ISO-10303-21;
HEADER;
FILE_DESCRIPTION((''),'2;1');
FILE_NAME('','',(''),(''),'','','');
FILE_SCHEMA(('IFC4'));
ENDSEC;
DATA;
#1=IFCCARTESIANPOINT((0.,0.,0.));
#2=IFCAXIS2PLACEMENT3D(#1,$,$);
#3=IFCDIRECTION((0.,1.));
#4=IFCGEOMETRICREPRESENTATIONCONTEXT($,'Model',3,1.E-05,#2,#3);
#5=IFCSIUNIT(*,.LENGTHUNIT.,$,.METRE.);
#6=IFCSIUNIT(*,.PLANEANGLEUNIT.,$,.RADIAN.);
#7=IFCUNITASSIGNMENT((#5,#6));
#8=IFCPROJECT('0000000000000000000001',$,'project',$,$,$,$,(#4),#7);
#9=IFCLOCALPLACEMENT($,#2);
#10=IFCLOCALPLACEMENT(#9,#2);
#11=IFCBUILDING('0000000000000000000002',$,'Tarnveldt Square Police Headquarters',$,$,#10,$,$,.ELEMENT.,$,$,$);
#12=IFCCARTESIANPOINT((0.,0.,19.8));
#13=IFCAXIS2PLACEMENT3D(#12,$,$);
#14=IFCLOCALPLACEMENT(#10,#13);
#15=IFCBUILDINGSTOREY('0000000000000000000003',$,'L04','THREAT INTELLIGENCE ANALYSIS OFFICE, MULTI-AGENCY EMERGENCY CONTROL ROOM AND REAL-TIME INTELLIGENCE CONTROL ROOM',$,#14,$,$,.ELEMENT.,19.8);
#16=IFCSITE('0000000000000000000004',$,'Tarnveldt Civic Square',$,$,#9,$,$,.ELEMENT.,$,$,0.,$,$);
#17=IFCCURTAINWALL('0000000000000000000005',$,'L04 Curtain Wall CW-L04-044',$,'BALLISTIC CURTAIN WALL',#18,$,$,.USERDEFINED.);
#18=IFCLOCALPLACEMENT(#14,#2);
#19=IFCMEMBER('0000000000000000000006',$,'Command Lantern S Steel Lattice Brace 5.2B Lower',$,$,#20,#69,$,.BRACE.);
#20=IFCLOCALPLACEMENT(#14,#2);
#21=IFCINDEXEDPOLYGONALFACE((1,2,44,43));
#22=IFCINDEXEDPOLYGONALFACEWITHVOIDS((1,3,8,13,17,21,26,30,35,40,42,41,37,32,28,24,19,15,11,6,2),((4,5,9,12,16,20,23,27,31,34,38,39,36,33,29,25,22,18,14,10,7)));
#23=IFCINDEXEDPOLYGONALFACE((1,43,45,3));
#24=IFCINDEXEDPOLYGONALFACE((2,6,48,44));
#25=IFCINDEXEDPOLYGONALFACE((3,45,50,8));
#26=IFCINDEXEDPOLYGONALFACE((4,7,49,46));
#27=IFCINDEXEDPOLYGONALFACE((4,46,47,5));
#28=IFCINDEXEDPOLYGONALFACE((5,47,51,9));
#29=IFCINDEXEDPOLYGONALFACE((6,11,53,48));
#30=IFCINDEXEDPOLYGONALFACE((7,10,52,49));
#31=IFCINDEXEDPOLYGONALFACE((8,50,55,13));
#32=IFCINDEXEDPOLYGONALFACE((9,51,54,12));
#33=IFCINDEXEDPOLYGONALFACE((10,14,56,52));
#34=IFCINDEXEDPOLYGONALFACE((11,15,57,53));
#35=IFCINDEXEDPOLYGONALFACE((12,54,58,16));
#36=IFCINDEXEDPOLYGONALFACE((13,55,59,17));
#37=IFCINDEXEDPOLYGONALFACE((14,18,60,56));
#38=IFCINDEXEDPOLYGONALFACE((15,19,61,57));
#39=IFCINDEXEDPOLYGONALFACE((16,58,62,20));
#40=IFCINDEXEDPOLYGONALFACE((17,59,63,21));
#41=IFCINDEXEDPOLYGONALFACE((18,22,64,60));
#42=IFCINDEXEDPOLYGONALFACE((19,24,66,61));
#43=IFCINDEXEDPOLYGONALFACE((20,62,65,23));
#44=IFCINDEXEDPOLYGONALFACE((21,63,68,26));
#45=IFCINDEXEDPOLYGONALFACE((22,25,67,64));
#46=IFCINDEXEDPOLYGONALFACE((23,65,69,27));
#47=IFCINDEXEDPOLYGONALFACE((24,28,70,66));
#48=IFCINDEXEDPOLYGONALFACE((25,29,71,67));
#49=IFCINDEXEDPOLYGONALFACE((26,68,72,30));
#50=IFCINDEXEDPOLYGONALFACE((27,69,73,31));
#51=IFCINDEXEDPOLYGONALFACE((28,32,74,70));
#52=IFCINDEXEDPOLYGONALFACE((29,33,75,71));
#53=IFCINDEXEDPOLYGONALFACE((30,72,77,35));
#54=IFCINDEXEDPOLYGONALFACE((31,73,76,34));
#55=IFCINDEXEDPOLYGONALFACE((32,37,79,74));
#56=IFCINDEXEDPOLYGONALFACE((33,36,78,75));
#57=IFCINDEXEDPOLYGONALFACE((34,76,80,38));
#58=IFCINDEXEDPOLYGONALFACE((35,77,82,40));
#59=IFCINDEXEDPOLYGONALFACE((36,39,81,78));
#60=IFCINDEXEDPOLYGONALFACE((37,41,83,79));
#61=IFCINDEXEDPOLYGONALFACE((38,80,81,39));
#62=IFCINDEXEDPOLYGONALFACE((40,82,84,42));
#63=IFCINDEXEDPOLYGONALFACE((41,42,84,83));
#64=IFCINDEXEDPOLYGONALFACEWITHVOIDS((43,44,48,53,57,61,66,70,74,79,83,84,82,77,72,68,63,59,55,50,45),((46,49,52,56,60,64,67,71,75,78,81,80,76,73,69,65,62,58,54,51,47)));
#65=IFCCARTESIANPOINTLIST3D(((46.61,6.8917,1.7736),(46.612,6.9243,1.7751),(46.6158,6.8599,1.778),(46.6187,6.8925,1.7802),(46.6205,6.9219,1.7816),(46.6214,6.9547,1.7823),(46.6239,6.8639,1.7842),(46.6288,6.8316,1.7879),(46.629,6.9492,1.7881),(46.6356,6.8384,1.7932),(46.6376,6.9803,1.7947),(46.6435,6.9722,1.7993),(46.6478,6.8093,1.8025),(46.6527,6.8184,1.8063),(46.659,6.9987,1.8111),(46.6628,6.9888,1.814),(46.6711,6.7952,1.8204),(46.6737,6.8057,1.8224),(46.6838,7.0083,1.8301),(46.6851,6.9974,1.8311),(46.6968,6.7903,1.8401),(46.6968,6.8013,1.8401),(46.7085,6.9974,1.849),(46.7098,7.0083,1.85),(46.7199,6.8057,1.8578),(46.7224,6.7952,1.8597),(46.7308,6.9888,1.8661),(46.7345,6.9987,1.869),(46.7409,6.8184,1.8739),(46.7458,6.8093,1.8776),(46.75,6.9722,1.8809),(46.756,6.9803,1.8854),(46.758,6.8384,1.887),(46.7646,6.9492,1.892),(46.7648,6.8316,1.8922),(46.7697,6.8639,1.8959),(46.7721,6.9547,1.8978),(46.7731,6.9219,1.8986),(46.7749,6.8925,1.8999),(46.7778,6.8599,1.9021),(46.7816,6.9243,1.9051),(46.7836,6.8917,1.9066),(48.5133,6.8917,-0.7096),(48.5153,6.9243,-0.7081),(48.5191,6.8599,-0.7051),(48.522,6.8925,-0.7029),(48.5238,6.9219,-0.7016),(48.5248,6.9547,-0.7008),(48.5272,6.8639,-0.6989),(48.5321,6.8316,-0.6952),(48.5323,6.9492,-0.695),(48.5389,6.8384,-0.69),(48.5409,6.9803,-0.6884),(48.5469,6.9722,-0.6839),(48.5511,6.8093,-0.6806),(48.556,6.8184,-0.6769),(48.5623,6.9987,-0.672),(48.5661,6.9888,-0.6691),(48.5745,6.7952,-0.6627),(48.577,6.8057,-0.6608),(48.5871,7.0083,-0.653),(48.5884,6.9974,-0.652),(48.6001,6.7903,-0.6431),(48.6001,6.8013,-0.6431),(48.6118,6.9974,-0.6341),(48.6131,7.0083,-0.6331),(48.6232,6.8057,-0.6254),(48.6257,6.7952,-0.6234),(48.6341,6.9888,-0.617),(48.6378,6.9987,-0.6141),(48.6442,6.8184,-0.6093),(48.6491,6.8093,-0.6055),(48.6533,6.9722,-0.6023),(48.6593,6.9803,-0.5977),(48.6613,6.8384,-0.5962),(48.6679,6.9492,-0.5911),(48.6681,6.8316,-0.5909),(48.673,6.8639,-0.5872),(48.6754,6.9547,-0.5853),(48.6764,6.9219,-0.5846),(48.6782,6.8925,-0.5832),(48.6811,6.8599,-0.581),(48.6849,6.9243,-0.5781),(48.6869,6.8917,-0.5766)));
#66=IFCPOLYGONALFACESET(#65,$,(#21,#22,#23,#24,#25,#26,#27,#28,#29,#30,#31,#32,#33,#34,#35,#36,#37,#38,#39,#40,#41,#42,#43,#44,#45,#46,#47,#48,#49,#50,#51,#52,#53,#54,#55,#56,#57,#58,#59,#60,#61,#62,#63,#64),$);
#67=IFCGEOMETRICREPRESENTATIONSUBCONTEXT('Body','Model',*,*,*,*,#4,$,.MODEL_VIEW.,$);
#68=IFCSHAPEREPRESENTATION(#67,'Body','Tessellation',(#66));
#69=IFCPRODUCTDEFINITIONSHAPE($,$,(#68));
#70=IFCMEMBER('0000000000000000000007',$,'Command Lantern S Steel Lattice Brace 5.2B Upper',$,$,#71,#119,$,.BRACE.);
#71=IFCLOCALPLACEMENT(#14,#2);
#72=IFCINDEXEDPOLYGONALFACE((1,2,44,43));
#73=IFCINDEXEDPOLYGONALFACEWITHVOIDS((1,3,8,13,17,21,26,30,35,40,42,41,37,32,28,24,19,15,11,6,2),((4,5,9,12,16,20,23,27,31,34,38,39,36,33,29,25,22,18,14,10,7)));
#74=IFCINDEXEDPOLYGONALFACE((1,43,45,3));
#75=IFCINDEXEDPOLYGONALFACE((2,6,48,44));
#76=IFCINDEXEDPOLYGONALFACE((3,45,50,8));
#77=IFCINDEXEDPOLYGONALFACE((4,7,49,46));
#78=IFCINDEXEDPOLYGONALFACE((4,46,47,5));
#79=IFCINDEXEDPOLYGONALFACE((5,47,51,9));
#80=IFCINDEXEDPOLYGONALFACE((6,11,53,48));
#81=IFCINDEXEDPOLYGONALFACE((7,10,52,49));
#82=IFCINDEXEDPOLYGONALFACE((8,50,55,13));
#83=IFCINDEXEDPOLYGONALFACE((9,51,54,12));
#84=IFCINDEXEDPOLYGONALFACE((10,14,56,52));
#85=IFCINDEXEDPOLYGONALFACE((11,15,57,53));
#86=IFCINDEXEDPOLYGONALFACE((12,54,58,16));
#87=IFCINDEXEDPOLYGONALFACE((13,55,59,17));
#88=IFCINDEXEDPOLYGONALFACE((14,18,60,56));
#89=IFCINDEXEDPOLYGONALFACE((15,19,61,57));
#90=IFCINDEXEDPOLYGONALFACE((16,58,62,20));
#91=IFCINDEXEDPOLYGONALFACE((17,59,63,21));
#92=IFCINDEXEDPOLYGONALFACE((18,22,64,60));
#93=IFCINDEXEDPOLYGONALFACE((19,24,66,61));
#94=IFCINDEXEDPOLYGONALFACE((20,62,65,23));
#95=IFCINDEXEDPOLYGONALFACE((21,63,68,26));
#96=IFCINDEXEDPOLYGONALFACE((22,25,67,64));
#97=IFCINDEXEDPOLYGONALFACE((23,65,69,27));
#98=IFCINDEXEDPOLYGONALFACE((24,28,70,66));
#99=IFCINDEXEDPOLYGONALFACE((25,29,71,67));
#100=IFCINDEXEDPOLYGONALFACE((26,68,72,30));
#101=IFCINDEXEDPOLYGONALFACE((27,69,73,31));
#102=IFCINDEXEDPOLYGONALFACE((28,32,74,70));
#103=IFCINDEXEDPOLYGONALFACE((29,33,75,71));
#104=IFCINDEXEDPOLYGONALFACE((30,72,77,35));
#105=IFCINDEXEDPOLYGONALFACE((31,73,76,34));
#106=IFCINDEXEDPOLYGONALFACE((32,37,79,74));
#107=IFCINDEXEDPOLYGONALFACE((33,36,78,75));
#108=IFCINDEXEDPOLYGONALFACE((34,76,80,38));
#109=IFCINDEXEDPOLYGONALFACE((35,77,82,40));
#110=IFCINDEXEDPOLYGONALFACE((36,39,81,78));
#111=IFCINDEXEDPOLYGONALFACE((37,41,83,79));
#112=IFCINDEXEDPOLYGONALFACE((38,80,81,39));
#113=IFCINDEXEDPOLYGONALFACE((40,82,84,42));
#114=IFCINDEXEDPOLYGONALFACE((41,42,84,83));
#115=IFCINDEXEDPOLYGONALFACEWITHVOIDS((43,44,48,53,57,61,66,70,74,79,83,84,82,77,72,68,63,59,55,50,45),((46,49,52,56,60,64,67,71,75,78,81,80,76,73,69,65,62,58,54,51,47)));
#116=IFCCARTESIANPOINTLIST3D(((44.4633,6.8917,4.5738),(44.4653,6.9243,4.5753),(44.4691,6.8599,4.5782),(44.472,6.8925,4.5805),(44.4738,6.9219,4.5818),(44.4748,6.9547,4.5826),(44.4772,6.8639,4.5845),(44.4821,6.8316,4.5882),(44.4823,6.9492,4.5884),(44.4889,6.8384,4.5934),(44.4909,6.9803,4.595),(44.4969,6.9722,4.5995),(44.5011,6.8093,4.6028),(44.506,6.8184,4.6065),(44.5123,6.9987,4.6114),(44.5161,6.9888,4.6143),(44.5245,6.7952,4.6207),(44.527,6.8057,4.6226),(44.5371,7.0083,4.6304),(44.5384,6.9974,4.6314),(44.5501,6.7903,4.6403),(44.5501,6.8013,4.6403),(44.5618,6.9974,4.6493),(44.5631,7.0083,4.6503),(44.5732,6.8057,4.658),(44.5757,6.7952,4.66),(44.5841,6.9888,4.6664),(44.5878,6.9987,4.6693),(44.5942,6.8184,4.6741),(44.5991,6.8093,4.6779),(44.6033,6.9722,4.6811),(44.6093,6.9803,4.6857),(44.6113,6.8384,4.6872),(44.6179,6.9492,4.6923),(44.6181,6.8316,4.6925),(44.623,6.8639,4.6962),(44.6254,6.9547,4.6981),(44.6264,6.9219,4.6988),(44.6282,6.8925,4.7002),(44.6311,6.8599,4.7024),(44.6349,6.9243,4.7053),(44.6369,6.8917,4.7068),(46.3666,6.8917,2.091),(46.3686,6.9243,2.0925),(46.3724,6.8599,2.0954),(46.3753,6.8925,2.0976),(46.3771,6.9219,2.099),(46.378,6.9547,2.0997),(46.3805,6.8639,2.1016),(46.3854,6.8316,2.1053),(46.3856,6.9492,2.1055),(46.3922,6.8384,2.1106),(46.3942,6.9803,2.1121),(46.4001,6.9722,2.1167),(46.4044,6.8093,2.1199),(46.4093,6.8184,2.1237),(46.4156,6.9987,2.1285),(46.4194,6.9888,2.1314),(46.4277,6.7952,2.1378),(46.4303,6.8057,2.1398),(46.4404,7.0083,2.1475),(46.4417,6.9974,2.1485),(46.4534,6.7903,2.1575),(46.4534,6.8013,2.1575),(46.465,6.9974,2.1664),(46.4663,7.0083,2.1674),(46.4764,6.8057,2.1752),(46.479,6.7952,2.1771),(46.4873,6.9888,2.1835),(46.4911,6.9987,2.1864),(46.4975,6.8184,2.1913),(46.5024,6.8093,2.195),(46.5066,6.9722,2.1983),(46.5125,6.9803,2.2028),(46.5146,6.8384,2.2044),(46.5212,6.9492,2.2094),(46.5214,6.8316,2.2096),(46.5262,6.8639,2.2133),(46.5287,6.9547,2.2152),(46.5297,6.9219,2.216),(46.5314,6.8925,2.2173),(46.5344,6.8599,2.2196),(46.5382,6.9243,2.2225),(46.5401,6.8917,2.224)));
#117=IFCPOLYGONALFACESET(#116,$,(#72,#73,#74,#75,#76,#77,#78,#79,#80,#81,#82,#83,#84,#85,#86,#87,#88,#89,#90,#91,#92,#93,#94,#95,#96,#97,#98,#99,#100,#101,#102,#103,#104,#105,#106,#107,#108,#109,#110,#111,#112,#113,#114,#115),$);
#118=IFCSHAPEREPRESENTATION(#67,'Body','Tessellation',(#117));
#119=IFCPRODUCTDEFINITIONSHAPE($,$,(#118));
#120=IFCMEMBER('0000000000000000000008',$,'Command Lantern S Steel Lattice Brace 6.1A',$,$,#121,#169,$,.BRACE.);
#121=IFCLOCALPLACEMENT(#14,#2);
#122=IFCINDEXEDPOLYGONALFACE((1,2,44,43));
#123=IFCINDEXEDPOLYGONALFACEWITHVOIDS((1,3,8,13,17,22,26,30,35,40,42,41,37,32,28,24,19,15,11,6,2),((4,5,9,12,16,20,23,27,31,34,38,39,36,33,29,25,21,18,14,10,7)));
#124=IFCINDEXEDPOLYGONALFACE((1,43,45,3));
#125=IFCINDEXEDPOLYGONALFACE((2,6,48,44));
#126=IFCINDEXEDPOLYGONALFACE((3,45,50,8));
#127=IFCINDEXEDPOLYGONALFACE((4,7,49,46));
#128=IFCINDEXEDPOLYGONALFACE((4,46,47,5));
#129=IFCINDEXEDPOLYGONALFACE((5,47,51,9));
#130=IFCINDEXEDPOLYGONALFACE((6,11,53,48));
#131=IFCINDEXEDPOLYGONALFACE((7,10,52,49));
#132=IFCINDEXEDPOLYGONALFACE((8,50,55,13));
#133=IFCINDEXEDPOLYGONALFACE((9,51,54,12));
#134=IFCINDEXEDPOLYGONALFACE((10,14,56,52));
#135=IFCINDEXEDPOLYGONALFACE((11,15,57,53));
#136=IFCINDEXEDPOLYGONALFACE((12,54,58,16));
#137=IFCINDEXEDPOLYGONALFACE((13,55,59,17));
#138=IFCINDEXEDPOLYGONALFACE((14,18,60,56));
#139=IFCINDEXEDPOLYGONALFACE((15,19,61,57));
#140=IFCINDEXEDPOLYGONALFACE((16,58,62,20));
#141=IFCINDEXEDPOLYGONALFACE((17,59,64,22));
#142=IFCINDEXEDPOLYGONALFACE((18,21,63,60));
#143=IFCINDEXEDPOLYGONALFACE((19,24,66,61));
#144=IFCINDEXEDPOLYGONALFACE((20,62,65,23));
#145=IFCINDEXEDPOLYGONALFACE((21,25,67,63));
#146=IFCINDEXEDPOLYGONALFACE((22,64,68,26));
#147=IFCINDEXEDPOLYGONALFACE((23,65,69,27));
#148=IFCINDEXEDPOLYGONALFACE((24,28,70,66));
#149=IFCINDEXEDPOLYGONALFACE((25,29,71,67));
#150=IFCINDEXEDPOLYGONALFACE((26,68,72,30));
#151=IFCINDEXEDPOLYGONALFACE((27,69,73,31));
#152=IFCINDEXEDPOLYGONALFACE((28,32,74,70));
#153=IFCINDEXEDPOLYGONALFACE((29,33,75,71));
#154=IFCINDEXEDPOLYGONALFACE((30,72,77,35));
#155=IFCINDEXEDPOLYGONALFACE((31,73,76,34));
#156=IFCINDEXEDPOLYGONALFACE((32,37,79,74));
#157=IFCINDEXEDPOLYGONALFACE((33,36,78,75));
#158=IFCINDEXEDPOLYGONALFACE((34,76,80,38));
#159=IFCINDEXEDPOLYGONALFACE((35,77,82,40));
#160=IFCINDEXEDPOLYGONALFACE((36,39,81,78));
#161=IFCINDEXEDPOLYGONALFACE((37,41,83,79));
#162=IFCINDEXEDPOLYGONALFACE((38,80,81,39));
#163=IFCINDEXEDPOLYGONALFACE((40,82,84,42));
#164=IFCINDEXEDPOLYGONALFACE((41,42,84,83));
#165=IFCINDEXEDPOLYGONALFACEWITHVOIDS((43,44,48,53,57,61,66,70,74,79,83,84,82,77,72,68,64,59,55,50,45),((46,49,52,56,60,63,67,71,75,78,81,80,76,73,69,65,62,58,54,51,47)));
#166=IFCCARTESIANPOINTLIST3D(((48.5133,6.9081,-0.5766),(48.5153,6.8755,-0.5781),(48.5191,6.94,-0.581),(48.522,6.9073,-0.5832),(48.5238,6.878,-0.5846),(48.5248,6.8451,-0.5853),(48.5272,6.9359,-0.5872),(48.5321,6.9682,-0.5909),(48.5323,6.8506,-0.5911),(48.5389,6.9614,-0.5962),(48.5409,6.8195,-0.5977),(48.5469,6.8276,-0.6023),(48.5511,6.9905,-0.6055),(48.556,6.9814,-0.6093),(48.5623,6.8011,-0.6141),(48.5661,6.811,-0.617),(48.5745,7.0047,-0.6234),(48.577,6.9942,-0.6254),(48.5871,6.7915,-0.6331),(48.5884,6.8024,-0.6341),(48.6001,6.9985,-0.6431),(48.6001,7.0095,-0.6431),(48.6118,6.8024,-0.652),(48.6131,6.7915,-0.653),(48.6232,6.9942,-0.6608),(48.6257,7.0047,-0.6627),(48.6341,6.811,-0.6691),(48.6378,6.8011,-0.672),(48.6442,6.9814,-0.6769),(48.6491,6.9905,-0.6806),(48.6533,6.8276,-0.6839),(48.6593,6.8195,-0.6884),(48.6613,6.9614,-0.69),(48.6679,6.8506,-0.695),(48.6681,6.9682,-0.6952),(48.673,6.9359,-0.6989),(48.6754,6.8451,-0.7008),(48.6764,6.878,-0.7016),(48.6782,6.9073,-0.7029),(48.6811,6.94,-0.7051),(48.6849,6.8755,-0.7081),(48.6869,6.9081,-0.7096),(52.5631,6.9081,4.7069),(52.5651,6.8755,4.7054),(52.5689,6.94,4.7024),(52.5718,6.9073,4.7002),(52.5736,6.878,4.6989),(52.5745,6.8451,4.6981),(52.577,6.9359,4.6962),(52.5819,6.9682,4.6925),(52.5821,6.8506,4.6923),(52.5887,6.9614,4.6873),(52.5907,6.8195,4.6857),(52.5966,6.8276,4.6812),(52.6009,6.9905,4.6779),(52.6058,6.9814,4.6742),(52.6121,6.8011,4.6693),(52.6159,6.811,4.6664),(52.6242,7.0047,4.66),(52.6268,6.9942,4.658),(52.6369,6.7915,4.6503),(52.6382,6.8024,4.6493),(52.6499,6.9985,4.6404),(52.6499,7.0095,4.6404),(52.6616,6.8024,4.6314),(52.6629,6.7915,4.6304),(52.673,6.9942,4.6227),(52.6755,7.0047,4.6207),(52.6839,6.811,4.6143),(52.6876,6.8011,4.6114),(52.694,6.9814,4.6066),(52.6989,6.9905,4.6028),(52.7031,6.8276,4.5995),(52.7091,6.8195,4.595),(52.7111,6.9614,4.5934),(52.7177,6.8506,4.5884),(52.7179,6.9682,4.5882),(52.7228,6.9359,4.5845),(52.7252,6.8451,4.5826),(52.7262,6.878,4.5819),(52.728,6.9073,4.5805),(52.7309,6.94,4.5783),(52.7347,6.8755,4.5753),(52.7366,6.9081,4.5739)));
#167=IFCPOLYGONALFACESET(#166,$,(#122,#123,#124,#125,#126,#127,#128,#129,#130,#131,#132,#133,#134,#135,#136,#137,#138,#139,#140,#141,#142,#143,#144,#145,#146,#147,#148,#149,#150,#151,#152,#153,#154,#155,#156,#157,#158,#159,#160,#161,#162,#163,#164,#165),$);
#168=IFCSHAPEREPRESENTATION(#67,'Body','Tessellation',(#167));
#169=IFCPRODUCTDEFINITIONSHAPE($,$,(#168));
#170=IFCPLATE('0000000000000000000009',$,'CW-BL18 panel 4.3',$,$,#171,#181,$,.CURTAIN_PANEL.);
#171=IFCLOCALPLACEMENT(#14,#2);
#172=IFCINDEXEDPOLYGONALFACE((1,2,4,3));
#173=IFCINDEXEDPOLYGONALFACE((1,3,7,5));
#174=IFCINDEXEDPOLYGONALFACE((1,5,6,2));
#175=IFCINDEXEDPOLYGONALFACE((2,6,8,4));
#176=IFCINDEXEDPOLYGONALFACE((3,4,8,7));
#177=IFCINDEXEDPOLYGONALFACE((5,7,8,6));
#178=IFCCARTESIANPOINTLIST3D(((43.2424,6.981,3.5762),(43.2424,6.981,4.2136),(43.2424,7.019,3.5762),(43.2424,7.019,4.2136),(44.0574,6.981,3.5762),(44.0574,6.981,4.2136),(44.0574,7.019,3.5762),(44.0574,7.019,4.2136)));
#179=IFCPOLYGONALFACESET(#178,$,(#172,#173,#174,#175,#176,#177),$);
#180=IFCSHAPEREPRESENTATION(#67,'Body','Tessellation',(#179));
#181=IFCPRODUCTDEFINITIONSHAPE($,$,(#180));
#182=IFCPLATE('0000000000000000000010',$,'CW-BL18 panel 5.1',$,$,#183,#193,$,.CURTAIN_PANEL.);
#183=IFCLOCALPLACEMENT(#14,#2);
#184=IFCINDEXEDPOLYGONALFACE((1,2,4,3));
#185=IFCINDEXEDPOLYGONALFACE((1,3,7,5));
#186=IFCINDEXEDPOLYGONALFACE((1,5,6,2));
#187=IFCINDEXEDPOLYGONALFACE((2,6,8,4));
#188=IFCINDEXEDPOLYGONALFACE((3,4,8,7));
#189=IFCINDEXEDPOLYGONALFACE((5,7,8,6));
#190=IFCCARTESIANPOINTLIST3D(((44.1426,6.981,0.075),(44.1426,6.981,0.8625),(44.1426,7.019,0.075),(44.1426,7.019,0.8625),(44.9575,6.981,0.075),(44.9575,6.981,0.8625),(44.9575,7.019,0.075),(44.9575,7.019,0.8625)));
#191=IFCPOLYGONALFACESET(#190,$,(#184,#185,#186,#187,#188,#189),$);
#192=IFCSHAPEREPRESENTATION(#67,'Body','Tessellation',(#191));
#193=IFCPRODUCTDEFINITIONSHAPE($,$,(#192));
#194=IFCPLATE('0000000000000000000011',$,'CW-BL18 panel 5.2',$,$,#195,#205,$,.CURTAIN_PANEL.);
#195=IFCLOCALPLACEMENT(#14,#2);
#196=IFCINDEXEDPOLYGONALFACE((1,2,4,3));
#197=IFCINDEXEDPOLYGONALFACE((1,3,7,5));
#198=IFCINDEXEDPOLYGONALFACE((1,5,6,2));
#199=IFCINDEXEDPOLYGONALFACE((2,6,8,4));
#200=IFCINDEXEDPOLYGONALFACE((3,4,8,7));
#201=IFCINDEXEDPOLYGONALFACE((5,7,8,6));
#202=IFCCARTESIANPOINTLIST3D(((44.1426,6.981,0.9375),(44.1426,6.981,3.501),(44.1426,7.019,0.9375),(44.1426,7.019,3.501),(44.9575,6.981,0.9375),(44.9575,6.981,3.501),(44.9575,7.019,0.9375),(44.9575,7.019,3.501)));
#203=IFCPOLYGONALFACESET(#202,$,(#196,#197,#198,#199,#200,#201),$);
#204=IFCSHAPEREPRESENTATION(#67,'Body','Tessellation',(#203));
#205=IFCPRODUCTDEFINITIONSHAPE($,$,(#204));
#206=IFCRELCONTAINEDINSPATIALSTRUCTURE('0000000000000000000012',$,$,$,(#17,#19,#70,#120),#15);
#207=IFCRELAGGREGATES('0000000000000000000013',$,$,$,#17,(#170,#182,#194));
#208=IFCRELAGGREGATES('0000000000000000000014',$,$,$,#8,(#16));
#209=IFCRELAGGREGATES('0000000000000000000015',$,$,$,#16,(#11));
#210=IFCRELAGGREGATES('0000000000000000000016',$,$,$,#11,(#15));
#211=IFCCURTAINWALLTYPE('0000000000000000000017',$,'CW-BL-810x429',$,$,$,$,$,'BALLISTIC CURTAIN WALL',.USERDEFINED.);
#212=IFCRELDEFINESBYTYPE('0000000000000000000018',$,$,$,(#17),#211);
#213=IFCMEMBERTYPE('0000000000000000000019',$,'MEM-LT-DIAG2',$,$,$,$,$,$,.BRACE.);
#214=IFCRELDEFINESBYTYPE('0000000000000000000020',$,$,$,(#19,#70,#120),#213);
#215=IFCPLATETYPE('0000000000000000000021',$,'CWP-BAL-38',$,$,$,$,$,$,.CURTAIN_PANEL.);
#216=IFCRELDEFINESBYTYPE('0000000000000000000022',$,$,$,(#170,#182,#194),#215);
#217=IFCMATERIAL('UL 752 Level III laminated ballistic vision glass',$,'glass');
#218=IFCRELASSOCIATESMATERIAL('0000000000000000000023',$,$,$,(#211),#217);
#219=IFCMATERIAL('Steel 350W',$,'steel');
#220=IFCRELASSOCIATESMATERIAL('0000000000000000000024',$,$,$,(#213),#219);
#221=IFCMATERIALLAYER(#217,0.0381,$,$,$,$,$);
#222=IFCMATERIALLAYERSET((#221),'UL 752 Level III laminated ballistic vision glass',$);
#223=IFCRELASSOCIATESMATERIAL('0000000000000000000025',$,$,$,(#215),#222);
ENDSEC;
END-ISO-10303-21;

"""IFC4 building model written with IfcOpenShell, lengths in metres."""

from ifc_helpers import new_model, si_unit, direction, frame, origin, origin_2d, place, context, subcontext, project, spatial, rectangle, hollow_circle, extrude, material, layer, layer_set, material_profile, profile_set, type_object, element, aggregate, save


model = new_model("IFC4")

# Units and contexts
model_context = context("Model", 3, precision=1e-05, world=origin(), true_north=direction((0.0, 1.0)))
body_context = subcontext(model_context, "Body", "Model", "MODEL_VIEW")
ifc_project = project(units=[si_unit("LENGTHUNIT", "METRE"), si_unit("PLANEANGLEUNIT", "RADIAN")], contexts=[model_context])

# Site, building, storey
site_placement = place(None, origin())
site = spatial("IfcSite", under=ifc_project, at=site_placement, Name="Tarnveldt Civic Square", CompositionType="ELEMENT", RefElevation=0.0)
building_placement = place(site_placement, origin())
building = spatial("IfcBuilding", under=site, at=building_placement, Name="Tarnveldt Square Police Headquarters", CompositionType="ELEMENT")
storey_placement = place(building_placement, frame((0.0, 0.0, 19.8)))
storey = spatial("IfcBuildingStorey", under=building, at=storey_placement, Name="L04", Description="THREAT INTELLIGENCE ANALYSIS OFFICE, MULTI-AGENCY EMERGENCY CONTROL ROOM AND REAL-TIME INTELLIGENCE CONTROL ROOM", CompositionType="ELEMENT", Elevation=19.8)

# Curtain wall
ifc_material_1 = material(Name="UL 752 Level III laminated ballistic vision glass", Category="glass")
curtain_wall_type = type_object("IfcCurtainWallType", Name="CW-BL-810x429", ElementType="BALLISTIC CURTAIN WALL", PredefinedType="USERDEFINED", material=ifc_material_1)
curtain_wall_placement = place(storey_placement, origin())
curtain_wall = element("IfcCurtainWall", 1, at=curtain_wall_placement, inside=storey, type_object=curtain_wall_type, Name="L04 Curtain Wall CW-L04-044", ObjectType="BALLISTIC CURTAIN WALL", PredefinedType="USERDEFINED")

# Members
ifc_material_2 = material(Name="Steel 350W", Category="steel")
ifc_material_profile_1 = material_profile(ifc_material_2, hollow_circle(Radius=0.1096, WallThickness=0.011, at=origin_2d()), Name="HSS219x11")
ifc_profile_set_1 = profile_set([ifc_material_profile_1], Name="Steel 350W")
member_type_1 = type_object("IfcMemberType", Name="MEM-LT-DIAG2", PredefinedType="BRACE", material=ifc_profile_set_1)
member_1_placement = place(storey_placement, frame((48.6001, 6.8999, -0.6431), z_axis=(-0.608345, 0.0, 0.793673), x_axis=(0.0, -1.0, 0.0)))
element("IfcMember", 2, at=member_1_placement, inside=storey, type_object=member_type_1, Name="Command Lantern S Steel Lattice Brace 5.2B Lower", PredefinedType="BRACE", context=body_context, shape_type="SweptSolid", body=[
    extrude(hollow_circle(Radius=0.1096, WallThickness=0.011, at=origin_2d()), origin(), (0.0, 0.0, 1.0), 3.1287),
])
member_2_placement = place(storey_placement, frame((46.4534, 6.8999, 2.1575), z_axis=(-0.608382, 0.0, 0.793644), x_axis=(0.0, -1.0, 0.0)))
element("IfcMember", 3, at=member_2_placement, inside=storey, type_object=member_type_1, Name="Command Lantern S Steel Lattice Brace 5.2B Upper", PredefinedType="BRACE", context=body_context, shape_type="SweptSolid", body=[
    extrude(hollow_circle(Radius=0.1096, WallThickness=0.011, at=origin_2d()), origin(), (0.0, 0.0, 1.0), 3.1284),
])
member_3_placement = place(storey_placement, frame((48.6001, 6.8999, -0.6431), z_axis=(0.608352, 0.0, 0.793667), x_axis=(0.0, 1.0, 0.0)))
element("IfcMember", 4, at=member_3_placement, inside=storey, type_object=member_type_1, Name="Command Lantern S Steel Lattice Brace 6.1A", PredefinedType="BRACE", context=body_context, shape_type="SweptSolid", body=[
    extrude(hollow_circle(Radius=0.1096, WallThickness=0.011, at=origin_2d()), origin(), (0.0, 0.0, 1.0), 6.657),
])

# Plates
ifc_layer_1 = layer(ifc_material_1, 0.0381)
ifc_layer_set_1 = layer_set([ifc_layer_1], Name="UL 752 Level III laminated ballistic vision glass")
plate_type_1 = type_object("IfcPlateType", Name="CWP-BAL-38", PredefinedType="CURTAIN_PANEL", material=ifc_layer_set_1)
plate_1_placement = place(storey_placement, frame((43.6499, 7.0, 3.5762), z_axis=(0.0, 0.0, 1.0), x_axis=(1.0, 0.0, 0.0)))
plate_1 = element("IfcPlate", 5, at=plate_1_placement, type_object=plate_type_1, Name="CW-BL18 panel 4.3", PredefinedType="CURTAIN_PANEL", context=body_context, shape_type="SweptSolid", body=[
    extrude(rectangle(XDim=0.8149, YDim=0.0381, at=origin_2d()), origin(), (0.0, 0.0, 1.0), 0.6375),
])
plate_2_placement = place(storey_placement, frame((44.55, 7.0, 0.075), z_axis=(0.0, 0.0, 1.0), x_axis=(1.0, 0.0, 0.0)))
plate_2 = element("IfcPlate", 6, at=plate_2_placement, type_object=plate_type_1, Name="CW-BL18 panel 5.1", PredefinedType="CURTAIN_PANEL", context=body_context, shape_type="SweptSolid", body=[
    extrude(rectangle(XDim=0.8149, YDim=0.0381, at=origin_2d()), origin(), (0.0, 0.0, 1.0), 0.7876),
])
plate_3_placement = place(storey_placement, frame((44.55, 7.0, 0.9375), z_axis=(0.0, 0.0, 1.0), x_axis=(1.0, 0.0, 0.0)))
plate_3 = element("IfcPlate", 7, at=plate_3_placement, type_object=plate_type_1, Name="CW-BL18 panel 5.2", PredefinedType="CURTAIN_PANEL", context=body_context, shape_type="SweptSolid", body=[
    extrude(rectangle(XDim=0.8149, YDim=0.0381, at=origin_2d()), origin(), (0.0, 0.0, 1.0), 2.5635),
])
aggregate(curtain_wall, [plate_1, plate_2, plate_3])

save(model, "model.ifc")
